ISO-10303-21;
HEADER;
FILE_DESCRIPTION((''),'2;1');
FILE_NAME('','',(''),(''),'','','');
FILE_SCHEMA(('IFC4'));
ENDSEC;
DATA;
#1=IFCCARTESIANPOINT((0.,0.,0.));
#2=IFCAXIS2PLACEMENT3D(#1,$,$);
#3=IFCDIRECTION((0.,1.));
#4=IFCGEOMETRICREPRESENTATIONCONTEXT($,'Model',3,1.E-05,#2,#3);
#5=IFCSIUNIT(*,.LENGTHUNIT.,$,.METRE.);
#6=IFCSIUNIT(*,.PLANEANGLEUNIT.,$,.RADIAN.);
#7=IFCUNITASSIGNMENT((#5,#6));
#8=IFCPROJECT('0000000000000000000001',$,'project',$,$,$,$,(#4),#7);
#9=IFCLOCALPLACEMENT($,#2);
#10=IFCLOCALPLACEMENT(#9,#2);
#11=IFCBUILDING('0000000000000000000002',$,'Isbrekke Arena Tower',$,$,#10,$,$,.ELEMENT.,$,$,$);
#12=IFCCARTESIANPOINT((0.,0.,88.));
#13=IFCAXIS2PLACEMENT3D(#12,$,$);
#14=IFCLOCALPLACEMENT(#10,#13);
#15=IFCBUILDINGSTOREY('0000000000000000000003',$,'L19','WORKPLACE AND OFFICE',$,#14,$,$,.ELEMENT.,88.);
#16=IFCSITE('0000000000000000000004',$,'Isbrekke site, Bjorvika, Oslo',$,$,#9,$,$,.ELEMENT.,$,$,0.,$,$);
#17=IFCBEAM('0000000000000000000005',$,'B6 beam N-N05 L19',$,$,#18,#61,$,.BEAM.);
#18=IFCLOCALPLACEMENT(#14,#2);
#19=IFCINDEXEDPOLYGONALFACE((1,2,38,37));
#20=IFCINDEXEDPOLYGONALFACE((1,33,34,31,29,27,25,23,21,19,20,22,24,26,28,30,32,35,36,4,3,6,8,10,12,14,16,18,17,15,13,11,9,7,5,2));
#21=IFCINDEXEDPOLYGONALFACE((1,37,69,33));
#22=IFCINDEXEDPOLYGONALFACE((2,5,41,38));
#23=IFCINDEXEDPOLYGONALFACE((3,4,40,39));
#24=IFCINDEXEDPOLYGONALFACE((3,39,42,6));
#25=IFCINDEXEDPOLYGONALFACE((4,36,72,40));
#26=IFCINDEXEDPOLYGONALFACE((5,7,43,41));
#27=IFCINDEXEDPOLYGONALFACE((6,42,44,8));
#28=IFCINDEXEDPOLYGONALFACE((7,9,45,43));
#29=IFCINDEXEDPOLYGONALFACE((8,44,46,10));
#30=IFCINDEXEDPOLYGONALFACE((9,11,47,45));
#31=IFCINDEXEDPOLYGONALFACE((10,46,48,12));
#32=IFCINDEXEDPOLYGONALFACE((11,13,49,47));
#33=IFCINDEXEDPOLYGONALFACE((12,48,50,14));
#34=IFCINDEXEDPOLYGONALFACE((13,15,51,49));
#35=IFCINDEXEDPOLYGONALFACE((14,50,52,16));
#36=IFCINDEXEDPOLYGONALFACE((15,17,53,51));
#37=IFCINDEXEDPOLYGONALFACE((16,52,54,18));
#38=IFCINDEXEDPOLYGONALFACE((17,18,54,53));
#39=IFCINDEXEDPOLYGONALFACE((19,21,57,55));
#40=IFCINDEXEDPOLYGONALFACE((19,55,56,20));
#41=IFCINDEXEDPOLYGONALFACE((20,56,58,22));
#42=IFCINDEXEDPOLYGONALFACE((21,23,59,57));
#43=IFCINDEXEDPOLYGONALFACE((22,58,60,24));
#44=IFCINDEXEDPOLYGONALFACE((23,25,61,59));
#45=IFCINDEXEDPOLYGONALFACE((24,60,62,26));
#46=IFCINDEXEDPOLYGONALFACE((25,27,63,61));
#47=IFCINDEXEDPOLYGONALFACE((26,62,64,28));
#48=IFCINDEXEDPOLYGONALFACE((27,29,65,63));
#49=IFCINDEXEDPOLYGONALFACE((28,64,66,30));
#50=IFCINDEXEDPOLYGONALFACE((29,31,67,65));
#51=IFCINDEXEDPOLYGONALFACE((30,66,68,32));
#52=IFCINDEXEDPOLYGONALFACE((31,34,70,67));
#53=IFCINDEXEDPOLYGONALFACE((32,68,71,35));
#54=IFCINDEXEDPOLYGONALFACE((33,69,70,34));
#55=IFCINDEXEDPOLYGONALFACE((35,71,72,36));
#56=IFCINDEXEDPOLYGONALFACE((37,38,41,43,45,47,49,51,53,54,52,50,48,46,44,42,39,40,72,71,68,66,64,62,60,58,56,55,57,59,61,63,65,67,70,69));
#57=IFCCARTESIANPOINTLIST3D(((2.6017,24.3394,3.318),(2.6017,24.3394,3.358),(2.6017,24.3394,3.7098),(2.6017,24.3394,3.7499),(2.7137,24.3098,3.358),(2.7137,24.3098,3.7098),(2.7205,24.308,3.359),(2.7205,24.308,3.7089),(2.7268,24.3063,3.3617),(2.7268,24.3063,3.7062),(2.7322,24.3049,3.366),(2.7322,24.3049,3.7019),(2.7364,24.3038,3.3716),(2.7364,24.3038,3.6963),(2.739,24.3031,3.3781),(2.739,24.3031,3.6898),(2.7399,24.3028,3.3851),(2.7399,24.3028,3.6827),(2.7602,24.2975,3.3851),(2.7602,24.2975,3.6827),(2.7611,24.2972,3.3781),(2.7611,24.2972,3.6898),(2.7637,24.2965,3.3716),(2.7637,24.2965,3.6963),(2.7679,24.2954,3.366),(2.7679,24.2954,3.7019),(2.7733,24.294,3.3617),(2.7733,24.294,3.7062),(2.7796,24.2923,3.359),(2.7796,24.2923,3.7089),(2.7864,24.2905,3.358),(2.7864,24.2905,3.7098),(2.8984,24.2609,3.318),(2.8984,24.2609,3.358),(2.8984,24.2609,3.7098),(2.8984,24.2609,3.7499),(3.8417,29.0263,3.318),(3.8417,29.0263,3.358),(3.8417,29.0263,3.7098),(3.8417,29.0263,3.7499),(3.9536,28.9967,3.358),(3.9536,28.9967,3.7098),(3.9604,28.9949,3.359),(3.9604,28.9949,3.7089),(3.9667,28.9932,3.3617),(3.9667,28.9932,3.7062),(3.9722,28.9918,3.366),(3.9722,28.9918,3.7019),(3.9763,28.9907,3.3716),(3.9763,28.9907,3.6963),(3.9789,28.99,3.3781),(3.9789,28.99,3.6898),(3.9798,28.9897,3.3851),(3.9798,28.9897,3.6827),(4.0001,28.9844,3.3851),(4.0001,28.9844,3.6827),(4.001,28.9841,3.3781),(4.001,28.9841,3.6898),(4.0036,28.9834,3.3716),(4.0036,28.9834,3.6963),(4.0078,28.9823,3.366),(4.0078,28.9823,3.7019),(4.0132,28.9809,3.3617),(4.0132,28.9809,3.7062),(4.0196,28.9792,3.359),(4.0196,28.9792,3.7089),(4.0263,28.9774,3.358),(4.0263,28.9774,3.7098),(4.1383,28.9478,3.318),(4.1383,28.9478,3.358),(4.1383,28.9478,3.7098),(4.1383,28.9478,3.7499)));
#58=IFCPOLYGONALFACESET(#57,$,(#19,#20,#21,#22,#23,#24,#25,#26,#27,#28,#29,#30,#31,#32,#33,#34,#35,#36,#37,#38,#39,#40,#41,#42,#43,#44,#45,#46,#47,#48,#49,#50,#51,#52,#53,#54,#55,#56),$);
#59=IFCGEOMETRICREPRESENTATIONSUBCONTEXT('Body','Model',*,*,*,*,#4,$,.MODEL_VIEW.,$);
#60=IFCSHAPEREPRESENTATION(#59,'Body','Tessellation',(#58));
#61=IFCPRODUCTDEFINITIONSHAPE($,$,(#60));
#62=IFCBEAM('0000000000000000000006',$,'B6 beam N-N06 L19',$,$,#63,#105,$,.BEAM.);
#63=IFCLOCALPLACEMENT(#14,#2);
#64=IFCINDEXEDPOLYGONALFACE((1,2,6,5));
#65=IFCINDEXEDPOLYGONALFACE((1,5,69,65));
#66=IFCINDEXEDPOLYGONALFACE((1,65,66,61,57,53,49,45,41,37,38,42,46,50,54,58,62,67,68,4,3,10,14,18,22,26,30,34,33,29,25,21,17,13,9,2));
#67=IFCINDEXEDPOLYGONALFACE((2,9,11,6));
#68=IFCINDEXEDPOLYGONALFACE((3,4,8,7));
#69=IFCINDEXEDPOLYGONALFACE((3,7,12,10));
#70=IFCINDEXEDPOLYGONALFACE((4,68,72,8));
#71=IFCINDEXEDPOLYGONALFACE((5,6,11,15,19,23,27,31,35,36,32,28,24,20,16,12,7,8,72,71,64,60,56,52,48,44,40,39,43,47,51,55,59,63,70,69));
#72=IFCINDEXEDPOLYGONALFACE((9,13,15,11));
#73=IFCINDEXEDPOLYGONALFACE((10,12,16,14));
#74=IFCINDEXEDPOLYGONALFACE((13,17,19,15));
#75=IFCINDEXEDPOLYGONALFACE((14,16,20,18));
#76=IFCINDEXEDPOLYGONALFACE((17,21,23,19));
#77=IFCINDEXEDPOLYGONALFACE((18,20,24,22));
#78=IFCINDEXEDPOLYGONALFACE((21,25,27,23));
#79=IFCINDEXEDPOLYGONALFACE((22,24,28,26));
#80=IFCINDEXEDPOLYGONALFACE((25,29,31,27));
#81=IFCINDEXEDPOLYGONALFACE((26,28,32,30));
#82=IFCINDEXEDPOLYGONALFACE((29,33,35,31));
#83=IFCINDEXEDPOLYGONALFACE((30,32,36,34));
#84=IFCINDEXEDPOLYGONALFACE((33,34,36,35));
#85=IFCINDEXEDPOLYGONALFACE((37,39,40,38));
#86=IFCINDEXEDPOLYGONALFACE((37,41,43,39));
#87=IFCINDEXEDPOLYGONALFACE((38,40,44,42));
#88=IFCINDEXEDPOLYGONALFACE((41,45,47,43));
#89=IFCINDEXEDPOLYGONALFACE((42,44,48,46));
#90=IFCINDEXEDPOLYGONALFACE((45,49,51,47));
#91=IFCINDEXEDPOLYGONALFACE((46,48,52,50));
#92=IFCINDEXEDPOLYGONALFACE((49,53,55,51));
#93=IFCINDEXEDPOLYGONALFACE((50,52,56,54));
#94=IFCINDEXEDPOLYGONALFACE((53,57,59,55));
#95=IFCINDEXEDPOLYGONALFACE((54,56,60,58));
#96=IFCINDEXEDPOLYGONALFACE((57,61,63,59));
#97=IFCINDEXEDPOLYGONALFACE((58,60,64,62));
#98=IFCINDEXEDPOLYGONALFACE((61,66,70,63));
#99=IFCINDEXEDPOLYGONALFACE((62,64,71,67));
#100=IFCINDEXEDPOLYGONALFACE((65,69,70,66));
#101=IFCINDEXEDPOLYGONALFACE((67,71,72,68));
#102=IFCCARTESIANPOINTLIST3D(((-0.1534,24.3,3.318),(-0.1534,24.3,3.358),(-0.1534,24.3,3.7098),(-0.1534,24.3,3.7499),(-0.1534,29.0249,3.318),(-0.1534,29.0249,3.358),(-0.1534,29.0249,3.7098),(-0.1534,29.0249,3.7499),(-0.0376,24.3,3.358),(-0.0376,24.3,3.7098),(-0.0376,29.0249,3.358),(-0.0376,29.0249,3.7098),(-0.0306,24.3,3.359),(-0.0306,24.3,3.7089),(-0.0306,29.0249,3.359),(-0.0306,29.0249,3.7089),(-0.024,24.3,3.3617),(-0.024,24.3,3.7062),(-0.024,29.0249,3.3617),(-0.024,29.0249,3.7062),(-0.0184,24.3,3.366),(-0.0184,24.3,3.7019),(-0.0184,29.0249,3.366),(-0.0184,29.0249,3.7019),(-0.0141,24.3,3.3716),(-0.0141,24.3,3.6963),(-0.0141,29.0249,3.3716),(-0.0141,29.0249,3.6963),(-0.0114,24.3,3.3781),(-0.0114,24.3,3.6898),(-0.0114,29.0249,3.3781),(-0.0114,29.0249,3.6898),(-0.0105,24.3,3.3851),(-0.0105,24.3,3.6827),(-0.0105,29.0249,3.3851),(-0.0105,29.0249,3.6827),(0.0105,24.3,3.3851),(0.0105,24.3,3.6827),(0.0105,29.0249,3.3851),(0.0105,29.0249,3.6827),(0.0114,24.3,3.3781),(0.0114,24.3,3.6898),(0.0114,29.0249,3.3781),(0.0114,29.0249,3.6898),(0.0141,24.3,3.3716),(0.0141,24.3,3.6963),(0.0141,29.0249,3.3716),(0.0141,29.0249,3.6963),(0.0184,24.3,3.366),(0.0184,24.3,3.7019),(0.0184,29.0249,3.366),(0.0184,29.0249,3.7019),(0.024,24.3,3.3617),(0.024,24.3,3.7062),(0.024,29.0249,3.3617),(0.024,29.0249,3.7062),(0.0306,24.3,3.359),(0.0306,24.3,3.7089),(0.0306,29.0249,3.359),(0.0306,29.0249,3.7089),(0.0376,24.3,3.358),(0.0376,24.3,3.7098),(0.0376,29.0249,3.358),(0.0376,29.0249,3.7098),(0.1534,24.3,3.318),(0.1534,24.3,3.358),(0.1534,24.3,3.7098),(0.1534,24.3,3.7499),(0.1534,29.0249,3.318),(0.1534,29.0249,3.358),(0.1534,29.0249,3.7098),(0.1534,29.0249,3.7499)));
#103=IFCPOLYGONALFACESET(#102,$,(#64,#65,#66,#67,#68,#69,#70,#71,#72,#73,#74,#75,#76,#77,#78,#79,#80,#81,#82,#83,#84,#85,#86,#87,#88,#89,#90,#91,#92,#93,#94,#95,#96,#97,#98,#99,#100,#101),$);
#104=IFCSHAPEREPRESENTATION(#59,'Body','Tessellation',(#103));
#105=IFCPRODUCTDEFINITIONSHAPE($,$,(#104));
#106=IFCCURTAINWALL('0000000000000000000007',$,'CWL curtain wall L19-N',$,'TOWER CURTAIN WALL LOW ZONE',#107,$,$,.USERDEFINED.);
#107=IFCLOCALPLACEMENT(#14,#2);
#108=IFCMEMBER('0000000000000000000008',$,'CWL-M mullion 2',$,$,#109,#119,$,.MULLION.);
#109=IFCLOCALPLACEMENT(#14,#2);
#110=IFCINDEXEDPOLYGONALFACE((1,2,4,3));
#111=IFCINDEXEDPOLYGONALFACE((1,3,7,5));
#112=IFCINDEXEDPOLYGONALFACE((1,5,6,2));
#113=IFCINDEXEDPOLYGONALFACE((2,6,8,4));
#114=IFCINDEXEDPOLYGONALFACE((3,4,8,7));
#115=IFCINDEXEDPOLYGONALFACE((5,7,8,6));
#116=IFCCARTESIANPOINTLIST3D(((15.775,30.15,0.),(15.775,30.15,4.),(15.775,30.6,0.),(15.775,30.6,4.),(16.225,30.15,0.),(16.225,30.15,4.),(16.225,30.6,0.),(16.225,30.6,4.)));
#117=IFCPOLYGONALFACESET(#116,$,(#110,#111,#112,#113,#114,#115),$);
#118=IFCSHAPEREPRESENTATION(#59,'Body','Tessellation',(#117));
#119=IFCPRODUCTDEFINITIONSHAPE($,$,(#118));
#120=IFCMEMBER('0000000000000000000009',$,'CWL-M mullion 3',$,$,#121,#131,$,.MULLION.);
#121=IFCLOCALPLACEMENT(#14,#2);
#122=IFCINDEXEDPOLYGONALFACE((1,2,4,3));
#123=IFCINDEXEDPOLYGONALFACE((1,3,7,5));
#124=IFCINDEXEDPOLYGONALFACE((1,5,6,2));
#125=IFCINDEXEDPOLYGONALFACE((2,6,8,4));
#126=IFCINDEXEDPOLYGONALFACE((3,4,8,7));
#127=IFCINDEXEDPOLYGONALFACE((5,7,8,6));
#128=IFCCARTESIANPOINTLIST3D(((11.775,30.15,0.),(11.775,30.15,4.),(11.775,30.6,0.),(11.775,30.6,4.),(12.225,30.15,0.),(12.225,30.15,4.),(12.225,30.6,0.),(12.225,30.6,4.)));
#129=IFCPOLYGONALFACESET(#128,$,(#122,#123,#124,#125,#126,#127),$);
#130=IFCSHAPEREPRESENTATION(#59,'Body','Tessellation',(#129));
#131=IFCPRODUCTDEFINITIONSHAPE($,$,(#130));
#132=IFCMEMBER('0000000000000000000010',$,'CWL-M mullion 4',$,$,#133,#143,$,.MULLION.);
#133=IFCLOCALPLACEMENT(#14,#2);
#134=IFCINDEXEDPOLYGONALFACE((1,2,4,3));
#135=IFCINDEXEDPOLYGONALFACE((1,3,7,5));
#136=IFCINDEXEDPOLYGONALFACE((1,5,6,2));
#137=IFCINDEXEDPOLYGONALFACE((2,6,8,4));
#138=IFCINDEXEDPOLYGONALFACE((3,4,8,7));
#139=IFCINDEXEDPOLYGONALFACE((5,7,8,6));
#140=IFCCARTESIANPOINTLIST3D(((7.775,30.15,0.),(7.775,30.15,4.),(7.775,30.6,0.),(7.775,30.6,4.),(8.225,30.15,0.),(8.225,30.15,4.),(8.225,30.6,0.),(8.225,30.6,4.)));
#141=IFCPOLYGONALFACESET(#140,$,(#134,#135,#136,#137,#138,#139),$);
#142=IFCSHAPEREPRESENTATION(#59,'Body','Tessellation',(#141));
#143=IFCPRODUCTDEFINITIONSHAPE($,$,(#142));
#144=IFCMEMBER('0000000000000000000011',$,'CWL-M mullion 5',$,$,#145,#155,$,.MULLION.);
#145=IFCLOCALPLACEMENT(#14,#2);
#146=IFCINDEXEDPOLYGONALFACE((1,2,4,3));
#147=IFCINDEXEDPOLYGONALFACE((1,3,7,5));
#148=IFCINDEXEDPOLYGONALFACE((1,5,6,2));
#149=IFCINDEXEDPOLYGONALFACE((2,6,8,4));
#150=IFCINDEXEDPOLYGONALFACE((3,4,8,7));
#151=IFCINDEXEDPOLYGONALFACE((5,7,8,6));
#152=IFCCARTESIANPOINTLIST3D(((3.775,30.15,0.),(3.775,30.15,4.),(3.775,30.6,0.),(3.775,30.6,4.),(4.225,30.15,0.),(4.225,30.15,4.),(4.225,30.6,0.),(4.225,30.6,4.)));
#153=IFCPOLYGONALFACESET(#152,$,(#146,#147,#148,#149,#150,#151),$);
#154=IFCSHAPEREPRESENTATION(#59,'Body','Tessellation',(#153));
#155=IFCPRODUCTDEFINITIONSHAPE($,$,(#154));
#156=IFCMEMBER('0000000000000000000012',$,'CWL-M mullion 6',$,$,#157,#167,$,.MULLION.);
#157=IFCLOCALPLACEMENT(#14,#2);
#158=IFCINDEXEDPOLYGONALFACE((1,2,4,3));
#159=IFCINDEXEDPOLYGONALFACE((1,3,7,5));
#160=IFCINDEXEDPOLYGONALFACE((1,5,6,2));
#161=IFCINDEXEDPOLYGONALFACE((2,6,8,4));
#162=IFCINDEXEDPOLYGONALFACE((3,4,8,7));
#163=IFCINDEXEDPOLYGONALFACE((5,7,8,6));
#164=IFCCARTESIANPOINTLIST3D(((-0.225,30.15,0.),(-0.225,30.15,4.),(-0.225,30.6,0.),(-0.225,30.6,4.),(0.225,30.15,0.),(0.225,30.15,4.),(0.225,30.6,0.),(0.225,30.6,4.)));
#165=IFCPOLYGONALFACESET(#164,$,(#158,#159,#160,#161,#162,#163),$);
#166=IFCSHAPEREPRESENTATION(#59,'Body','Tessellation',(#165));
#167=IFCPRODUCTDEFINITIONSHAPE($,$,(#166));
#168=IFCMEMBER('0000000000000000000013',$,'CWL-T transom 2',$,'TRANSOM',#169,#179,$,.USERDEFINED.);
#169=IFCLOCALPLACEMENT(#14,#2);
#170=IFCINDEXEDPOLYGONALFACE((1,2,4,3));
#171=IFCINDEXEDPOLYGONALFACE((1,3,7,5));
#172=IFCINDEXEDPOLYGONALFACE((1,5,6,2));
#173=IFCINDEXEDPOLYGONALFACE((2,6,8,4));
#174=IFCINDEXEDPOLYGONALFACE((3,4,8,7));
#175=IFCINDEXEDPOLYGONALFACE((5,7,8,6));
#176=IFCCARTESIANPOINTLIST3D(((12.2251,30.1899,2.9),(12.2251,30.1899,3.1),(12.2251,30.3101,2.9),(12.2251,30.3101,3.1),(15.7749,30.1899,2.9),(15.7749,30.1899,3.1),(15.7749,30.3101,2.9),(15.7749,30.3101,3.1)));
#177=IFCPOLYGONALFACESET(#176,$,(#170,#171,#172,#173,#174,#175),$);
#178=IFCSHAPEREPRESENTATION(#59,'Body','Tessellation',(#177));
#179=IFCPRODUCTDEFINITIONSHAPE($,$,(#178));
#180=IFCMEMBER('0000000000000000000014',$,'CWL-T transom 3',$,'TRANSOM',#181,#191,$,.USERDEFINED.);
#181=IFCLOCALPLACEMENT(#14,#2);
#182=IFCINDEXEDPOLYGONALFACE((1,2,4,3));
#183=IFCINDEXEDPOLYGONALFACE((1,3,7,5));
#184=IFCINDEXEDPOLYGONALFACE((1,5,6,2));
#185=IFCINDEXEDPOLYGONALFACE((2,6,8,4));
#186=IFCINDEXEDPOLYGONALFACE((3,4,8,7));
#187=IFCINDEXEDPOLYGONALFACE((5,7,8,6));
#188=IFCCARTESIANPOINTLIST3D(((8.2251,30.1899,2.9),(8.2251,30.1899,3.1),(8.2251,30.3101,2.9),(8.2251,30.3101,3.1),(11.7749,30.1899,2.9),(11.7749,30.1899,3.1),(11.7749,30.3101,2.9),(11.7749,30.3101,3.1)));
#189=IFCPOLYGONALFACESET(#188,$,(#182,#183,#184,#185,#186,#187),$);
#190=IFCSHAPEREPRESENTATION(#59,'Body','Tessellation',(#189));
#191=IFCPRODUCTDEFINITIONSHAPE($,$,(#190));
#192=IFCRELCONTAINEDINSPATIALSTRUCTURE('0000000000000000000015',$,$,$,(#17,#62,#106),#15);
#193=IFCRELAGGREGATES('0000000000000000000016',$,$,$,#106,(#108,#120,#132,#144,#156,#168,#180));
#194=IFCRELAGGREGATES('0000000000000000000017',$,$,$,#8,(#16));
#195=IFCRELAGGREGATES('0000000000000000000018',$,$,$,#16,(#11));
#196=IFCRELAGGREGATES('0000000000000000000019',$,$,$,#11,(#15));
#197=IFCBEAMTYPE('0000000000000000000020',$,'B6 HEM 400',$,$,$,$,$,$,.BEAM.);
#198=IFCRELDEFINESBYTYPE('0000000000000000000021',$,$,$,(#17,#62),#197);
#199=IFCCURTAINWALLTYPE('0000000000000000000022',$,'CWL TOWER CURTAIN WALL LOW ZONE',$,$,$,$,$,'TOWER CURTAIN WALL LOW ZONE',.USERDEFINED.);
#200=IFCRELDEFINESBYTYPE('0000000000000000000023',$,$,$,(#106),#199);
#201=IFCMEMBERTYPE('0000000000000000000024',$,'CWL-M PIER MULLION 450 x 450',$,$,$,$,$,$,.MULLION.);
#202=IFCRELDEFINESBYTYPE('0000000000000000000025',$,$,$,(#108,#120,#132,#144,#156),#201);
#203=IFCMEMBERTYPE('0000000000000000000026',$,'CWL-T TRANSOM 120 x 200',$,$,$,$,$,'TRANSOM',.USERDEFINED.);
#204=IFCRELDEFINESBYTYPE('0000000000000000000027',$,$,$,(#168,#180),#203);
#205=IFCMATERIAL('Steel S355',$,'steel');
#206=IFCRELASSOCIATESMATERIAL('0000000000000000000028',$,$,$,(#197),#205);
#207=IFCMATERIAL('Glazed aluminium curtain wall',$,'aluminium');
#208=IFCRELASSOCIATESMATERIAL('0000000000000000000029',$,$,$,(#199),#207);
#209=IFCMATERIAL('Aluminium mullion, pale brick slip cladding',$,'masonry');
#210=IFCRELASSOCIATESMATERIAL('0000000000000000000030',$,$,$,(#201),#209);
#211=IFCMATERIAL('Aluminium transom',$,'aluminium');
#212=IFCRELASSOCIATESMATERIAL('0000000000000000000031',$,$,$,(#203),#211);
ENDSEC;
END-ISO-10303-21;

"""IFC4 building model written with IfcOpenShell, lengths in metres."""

from ifc_helpers import new_model, si_unit, direction, frame, origin, origin_2d, place, context, subcontext, project, spatial, rectangle, i_section, extrude, material, material_profile, profile_set, type_object, element, aggregate, save


model = new_model("IFC4")

# Units and contexts
model_context = context("Model", 3, precision=1e-05, world=origin(), true_north=direction((0.0, 1.0)))
body_context = subcontext(model_context, "Body", "Model", "MODEL_VIEW")
ifc_project = project(units=[si_unit("LENGTHUNIT", "METRE"), si_unit("PLANEANGLEUNIT", "RADIAN")], contexts=[model_context])

# Site, building, storey
site_placement = place(None, origin())
site = spatial("IfcSite", under=ifc_project, at=site_placement, Name="Isbrekke site, Bjorvika, Oslo", CompositionType="ELEMENT", RefElevation=0.0)
building_placement = place(site_placement, origin())
building = spatial("IfcBuilding", under=site, at=building_placement, Name="Isbrekke Arena Tower", CompositionType="ELEMENT")
storey_placement = place(building_placement, frame((0.0, 0.0, 88.0)))
storey = spatial("IfcBuildingStorey", under=building, at=storey_placement, Name="L19", Description="WORKPLACE AND OFFICE", CompositionType="ELEMENT", Elevation=88.0)

# Beams
ifc_material_1 = material(Name="Steel S355", Category="steel")
ifc_material_profile_1 = material_profile(ifc_material_1, i_section(OverallWidth=0.3069, OverallDepth=0.4319, WebThickness=0.021, FlangeThickness=0.04, FilletRadius=0.0271, at=origin_2d()), Name="HEM 400")
ifc_profile_set_1 = profile_set([ifc_material_profile_1], Name="Steel S355")
beam_type_1 = type_object("IfcBeamType", Name="B6 HEM 400", PredefinedType="BEAM", material=ifc_profile_set_1)
beam_1_placement = place(storey_placement, frame((3.99, 28.9871, 3.5339), z_axis=(-0.25576, -0.96674, 0.0), x_axis=(0.96674, -0.25576, 0.0)))
element("IfcBeam", 1, at=beam_1_placement, inside=storey, type_object=beam_type_1, Name="B6 beam N-N05 L19", PredefinedType="BEAM", context=body_context, shape_type="SweptSolid", body=[
    extrude(i_section(OverallWidth=0.3069, OverallDepth=0.4319, WebThickness=0.021, FlangeThickness=0.04, FilletRadius=0.0271, at=origin_2d()), origin(), (0.0, 0.0, 1.0), 4.8481),
])
beam_2_placement = place(storey_placement, frame((0.0, 29.0249, 3.5339), z_axis=(0.0, -1.0, 0.0), x_axis=(1.0, 0.0, 0.0)))
element("IfcBeam", 2, at=beam_2_placement, inside=storey, type_object=beam_type_1, Name="B6 beam N-N06 L19", PredefinedType="BEAM", context=body_context, shape_type="SweptSolid", body=[
    extrude(i_section(OverallWidth=0.3069, OverallDepth=0.4319, WebThickness=0.021, FlangeThickness=0.04, FilletRadius=0.0271, at=origin_2d()), origin(), (0.0, 0.0, 1.0), 4.7249),
])

# Curtain wall, members
ifc_material_2 = material(Name="Glazed aluminium curtain wall", Category="aluminium")
curtain_wall_type = type_object("IfcCurtainWallType", Name="CWL TOWER CURTAIN WALL LOW ZONE", ElementType="TOWER CURTAIN WALL LOW ZONE", PredefinedType="USERDEFINED", material=ifc_material_2)
curtain_wall_placement = place(storey_placement, origin())
curtain_wall = element("IfcCurtainWall", 3, at=curtain_wall_placement, inside=storey, type_object=curtain_wall_type, Name="CWL curtain wall L19-N", ObjectType="TOWER CURTAIN WALL LOW ZONE", PredefinedType="USERDEFINED")
ifc_material_3 = material(Name="Aluminium mullion, pale brick slip cladding", Category="masonry")
ifc_material_profile_2 = material_profile(ifc_material_3, rectangle(XDim=0.45, YDim=0.45, at=origin_2d()), Name="PIER 450X450")
ifc_profile_set_2 = profile_set([ifc_material_profile_2], Name="Aluminium mullion, pale brick slip cladding")
member_type_1 = type_object("IfcMemberType", Name="CWL-M PIER MULLION 450 x 450", PredefinedType="MULLION", material=ifc_profile_set_2)
member_1_placement = place(storey_placement, frame((16.0, 30.375, 0.0), z_axis=(0.0, 0.0, 1.0), x_axis=(-1.0, 0.0, 0.0)))
member_1 = element("IfcMember", 4, at=member_1_placement, type_object=member_type_1, Name="CWL-M mullion 2", PredefinedType="MULLION", context=body_context, shape_type="SweptSolid", body=[
    extrude(rectangle(XDim=0.45, YDim=0.45, at=origin_2d()), origin(), (0.0, 0.0, 1.0), 4.0),
])
member_2_placement = place(storey_placement, frame((12.0, 30.375, 0.0), z_axis=(0.0, 0.0, 1.0), x_axis=(-1.0, 0.0, 0.0)))
member_2 = element("IfcMember", 5, at=member_2_placement, type_object=member_type_1, Name="CWL-M mullion 3", PredefinedType="MULLION", context=body_context, shape_type="SweptSolid", body=[
    extrude(rectangle(XDim=0.45, YDim=0.45, at=origin_2d()), origin(), (0.0, 0.0, 1.0), 4.0),
])
member_3_placement = place(storey_placement, frame((8.0, 30.375, 0.0), z_axis=(0.0, 0.0, 1.0), x_axis=(-1.0, 0.0, 0.0)))
member_3 = element("IfcMember", 6, at=member_3_placement, type_object=member_type_1, Name="CWL-M mullion 4", PredefinedType="MULLION", context=body_context, shape_type="SweptSolid", body=[
    extrude(rectangle(XDim=0.45, YDim=0.45, at=origin_2d()), origin(), (0.0, 0.0, 1.0), 4.0),
])
member_4_placement = place(storey_placement, frame((4.0, 30.375, 0.0), z_axis=(0.0, 0.0, 1.0), x_axis=(-1.0, 0.0, 0.0)))
member_4 = element("IfcMember", 7, at=member_4_placement, type_object=member_type_1, Name="CWL-M mullion 5", PredefinedType="MULLION", context=body_context, shape_type="SweptSolid", body=[
    extrude(rectangle(XDim=0.45, YDim=0.45, at=origin_2d()), origin(), (0.0, 0.0, 1.0), 4.0),
])
member_5_placement = place(storey_placement, frame((0.0, 30.375, 0.0), z_axis=(0.0, 0.0, 1.0), x_axis=(-1.0, 0.0, 0.0)))
member_5 = element("IfcMember", 8, at=member_5_placement, type_object=member_type_1, Name="CWL-M mullion 6", PredefinedType="MULLION", context=body_context, shape_type="SweptSolid", body=[
    extrude(rectangle(XDim=0.45, YDim=0.45, at=origin_2d()), origin(), (0.0, 0.0, 1.0), 4.0),
])
ifc_material_4 = material(Name="Aluminium transom", Category="aluminium")
ifc_material_profile_3 = material_profile(ifc_material_4, rectangle(XDim=0.1201, YDim=0.2, at=origin_2d()), Name="TRANSOM 120X200")
ifc_profile_set_3 = profile_set([ifc_material_profile_3], Name="Aluminium transom")
member_type_2 = type_object("IfcMemberType", Name="CWL-T TRANSOM 120 x 200", ElementType="TRANSOM", PredefinedType="USERDEFINED", material=ifc_profile_set_3)
member_6_placement = place(storey_placement, frame((15.7749, 30.25, 3.0), z_axis=(-1.0, 0.0, 0.0), x_axis=(0.0, -1.0, 0.0)))
member_6 = element("IfcMember", 9, at=member_6_placement, type_object=member_type_2, Name="CWL-T transom 2", ObjectType="TRANSOM", PredefinedType="USERDEFINED", context=body_context, shape_type="SweptSolid", body=[
    extrude(rectangle(XDim=0.1201, YDim=0.2, at=origin_2d()), origin(), (0.0, 0.0, 1.0), 3.5498),
])
member_7_placement = place(storey_placement, frame((11.7749, 30.25, 3.0), z_axis=(-1.0, 0.0, 0.0), x_axis=(0.0, -1.0, 0.0)))
member_7 = element("IfcMember", 10, at=member_7_placement, type_object=member_type_2, Name="CWL-T transom 3", ObjectType="TRANSOM", PredefinedType="USERDEFINED", context=body_context, shape_type="SweptSolid", body=[
    extrude(rectangle(XDim=0.1201, YDim=0.2, at=origin_2d()), origin(), (0.0, 0.0, 1.0), 3.5498),
])

aggregate(curtain_wall, [member_1, member_2, member_3, member_4, member_5, member_6, member_7])

save(model, "model.ifc")
